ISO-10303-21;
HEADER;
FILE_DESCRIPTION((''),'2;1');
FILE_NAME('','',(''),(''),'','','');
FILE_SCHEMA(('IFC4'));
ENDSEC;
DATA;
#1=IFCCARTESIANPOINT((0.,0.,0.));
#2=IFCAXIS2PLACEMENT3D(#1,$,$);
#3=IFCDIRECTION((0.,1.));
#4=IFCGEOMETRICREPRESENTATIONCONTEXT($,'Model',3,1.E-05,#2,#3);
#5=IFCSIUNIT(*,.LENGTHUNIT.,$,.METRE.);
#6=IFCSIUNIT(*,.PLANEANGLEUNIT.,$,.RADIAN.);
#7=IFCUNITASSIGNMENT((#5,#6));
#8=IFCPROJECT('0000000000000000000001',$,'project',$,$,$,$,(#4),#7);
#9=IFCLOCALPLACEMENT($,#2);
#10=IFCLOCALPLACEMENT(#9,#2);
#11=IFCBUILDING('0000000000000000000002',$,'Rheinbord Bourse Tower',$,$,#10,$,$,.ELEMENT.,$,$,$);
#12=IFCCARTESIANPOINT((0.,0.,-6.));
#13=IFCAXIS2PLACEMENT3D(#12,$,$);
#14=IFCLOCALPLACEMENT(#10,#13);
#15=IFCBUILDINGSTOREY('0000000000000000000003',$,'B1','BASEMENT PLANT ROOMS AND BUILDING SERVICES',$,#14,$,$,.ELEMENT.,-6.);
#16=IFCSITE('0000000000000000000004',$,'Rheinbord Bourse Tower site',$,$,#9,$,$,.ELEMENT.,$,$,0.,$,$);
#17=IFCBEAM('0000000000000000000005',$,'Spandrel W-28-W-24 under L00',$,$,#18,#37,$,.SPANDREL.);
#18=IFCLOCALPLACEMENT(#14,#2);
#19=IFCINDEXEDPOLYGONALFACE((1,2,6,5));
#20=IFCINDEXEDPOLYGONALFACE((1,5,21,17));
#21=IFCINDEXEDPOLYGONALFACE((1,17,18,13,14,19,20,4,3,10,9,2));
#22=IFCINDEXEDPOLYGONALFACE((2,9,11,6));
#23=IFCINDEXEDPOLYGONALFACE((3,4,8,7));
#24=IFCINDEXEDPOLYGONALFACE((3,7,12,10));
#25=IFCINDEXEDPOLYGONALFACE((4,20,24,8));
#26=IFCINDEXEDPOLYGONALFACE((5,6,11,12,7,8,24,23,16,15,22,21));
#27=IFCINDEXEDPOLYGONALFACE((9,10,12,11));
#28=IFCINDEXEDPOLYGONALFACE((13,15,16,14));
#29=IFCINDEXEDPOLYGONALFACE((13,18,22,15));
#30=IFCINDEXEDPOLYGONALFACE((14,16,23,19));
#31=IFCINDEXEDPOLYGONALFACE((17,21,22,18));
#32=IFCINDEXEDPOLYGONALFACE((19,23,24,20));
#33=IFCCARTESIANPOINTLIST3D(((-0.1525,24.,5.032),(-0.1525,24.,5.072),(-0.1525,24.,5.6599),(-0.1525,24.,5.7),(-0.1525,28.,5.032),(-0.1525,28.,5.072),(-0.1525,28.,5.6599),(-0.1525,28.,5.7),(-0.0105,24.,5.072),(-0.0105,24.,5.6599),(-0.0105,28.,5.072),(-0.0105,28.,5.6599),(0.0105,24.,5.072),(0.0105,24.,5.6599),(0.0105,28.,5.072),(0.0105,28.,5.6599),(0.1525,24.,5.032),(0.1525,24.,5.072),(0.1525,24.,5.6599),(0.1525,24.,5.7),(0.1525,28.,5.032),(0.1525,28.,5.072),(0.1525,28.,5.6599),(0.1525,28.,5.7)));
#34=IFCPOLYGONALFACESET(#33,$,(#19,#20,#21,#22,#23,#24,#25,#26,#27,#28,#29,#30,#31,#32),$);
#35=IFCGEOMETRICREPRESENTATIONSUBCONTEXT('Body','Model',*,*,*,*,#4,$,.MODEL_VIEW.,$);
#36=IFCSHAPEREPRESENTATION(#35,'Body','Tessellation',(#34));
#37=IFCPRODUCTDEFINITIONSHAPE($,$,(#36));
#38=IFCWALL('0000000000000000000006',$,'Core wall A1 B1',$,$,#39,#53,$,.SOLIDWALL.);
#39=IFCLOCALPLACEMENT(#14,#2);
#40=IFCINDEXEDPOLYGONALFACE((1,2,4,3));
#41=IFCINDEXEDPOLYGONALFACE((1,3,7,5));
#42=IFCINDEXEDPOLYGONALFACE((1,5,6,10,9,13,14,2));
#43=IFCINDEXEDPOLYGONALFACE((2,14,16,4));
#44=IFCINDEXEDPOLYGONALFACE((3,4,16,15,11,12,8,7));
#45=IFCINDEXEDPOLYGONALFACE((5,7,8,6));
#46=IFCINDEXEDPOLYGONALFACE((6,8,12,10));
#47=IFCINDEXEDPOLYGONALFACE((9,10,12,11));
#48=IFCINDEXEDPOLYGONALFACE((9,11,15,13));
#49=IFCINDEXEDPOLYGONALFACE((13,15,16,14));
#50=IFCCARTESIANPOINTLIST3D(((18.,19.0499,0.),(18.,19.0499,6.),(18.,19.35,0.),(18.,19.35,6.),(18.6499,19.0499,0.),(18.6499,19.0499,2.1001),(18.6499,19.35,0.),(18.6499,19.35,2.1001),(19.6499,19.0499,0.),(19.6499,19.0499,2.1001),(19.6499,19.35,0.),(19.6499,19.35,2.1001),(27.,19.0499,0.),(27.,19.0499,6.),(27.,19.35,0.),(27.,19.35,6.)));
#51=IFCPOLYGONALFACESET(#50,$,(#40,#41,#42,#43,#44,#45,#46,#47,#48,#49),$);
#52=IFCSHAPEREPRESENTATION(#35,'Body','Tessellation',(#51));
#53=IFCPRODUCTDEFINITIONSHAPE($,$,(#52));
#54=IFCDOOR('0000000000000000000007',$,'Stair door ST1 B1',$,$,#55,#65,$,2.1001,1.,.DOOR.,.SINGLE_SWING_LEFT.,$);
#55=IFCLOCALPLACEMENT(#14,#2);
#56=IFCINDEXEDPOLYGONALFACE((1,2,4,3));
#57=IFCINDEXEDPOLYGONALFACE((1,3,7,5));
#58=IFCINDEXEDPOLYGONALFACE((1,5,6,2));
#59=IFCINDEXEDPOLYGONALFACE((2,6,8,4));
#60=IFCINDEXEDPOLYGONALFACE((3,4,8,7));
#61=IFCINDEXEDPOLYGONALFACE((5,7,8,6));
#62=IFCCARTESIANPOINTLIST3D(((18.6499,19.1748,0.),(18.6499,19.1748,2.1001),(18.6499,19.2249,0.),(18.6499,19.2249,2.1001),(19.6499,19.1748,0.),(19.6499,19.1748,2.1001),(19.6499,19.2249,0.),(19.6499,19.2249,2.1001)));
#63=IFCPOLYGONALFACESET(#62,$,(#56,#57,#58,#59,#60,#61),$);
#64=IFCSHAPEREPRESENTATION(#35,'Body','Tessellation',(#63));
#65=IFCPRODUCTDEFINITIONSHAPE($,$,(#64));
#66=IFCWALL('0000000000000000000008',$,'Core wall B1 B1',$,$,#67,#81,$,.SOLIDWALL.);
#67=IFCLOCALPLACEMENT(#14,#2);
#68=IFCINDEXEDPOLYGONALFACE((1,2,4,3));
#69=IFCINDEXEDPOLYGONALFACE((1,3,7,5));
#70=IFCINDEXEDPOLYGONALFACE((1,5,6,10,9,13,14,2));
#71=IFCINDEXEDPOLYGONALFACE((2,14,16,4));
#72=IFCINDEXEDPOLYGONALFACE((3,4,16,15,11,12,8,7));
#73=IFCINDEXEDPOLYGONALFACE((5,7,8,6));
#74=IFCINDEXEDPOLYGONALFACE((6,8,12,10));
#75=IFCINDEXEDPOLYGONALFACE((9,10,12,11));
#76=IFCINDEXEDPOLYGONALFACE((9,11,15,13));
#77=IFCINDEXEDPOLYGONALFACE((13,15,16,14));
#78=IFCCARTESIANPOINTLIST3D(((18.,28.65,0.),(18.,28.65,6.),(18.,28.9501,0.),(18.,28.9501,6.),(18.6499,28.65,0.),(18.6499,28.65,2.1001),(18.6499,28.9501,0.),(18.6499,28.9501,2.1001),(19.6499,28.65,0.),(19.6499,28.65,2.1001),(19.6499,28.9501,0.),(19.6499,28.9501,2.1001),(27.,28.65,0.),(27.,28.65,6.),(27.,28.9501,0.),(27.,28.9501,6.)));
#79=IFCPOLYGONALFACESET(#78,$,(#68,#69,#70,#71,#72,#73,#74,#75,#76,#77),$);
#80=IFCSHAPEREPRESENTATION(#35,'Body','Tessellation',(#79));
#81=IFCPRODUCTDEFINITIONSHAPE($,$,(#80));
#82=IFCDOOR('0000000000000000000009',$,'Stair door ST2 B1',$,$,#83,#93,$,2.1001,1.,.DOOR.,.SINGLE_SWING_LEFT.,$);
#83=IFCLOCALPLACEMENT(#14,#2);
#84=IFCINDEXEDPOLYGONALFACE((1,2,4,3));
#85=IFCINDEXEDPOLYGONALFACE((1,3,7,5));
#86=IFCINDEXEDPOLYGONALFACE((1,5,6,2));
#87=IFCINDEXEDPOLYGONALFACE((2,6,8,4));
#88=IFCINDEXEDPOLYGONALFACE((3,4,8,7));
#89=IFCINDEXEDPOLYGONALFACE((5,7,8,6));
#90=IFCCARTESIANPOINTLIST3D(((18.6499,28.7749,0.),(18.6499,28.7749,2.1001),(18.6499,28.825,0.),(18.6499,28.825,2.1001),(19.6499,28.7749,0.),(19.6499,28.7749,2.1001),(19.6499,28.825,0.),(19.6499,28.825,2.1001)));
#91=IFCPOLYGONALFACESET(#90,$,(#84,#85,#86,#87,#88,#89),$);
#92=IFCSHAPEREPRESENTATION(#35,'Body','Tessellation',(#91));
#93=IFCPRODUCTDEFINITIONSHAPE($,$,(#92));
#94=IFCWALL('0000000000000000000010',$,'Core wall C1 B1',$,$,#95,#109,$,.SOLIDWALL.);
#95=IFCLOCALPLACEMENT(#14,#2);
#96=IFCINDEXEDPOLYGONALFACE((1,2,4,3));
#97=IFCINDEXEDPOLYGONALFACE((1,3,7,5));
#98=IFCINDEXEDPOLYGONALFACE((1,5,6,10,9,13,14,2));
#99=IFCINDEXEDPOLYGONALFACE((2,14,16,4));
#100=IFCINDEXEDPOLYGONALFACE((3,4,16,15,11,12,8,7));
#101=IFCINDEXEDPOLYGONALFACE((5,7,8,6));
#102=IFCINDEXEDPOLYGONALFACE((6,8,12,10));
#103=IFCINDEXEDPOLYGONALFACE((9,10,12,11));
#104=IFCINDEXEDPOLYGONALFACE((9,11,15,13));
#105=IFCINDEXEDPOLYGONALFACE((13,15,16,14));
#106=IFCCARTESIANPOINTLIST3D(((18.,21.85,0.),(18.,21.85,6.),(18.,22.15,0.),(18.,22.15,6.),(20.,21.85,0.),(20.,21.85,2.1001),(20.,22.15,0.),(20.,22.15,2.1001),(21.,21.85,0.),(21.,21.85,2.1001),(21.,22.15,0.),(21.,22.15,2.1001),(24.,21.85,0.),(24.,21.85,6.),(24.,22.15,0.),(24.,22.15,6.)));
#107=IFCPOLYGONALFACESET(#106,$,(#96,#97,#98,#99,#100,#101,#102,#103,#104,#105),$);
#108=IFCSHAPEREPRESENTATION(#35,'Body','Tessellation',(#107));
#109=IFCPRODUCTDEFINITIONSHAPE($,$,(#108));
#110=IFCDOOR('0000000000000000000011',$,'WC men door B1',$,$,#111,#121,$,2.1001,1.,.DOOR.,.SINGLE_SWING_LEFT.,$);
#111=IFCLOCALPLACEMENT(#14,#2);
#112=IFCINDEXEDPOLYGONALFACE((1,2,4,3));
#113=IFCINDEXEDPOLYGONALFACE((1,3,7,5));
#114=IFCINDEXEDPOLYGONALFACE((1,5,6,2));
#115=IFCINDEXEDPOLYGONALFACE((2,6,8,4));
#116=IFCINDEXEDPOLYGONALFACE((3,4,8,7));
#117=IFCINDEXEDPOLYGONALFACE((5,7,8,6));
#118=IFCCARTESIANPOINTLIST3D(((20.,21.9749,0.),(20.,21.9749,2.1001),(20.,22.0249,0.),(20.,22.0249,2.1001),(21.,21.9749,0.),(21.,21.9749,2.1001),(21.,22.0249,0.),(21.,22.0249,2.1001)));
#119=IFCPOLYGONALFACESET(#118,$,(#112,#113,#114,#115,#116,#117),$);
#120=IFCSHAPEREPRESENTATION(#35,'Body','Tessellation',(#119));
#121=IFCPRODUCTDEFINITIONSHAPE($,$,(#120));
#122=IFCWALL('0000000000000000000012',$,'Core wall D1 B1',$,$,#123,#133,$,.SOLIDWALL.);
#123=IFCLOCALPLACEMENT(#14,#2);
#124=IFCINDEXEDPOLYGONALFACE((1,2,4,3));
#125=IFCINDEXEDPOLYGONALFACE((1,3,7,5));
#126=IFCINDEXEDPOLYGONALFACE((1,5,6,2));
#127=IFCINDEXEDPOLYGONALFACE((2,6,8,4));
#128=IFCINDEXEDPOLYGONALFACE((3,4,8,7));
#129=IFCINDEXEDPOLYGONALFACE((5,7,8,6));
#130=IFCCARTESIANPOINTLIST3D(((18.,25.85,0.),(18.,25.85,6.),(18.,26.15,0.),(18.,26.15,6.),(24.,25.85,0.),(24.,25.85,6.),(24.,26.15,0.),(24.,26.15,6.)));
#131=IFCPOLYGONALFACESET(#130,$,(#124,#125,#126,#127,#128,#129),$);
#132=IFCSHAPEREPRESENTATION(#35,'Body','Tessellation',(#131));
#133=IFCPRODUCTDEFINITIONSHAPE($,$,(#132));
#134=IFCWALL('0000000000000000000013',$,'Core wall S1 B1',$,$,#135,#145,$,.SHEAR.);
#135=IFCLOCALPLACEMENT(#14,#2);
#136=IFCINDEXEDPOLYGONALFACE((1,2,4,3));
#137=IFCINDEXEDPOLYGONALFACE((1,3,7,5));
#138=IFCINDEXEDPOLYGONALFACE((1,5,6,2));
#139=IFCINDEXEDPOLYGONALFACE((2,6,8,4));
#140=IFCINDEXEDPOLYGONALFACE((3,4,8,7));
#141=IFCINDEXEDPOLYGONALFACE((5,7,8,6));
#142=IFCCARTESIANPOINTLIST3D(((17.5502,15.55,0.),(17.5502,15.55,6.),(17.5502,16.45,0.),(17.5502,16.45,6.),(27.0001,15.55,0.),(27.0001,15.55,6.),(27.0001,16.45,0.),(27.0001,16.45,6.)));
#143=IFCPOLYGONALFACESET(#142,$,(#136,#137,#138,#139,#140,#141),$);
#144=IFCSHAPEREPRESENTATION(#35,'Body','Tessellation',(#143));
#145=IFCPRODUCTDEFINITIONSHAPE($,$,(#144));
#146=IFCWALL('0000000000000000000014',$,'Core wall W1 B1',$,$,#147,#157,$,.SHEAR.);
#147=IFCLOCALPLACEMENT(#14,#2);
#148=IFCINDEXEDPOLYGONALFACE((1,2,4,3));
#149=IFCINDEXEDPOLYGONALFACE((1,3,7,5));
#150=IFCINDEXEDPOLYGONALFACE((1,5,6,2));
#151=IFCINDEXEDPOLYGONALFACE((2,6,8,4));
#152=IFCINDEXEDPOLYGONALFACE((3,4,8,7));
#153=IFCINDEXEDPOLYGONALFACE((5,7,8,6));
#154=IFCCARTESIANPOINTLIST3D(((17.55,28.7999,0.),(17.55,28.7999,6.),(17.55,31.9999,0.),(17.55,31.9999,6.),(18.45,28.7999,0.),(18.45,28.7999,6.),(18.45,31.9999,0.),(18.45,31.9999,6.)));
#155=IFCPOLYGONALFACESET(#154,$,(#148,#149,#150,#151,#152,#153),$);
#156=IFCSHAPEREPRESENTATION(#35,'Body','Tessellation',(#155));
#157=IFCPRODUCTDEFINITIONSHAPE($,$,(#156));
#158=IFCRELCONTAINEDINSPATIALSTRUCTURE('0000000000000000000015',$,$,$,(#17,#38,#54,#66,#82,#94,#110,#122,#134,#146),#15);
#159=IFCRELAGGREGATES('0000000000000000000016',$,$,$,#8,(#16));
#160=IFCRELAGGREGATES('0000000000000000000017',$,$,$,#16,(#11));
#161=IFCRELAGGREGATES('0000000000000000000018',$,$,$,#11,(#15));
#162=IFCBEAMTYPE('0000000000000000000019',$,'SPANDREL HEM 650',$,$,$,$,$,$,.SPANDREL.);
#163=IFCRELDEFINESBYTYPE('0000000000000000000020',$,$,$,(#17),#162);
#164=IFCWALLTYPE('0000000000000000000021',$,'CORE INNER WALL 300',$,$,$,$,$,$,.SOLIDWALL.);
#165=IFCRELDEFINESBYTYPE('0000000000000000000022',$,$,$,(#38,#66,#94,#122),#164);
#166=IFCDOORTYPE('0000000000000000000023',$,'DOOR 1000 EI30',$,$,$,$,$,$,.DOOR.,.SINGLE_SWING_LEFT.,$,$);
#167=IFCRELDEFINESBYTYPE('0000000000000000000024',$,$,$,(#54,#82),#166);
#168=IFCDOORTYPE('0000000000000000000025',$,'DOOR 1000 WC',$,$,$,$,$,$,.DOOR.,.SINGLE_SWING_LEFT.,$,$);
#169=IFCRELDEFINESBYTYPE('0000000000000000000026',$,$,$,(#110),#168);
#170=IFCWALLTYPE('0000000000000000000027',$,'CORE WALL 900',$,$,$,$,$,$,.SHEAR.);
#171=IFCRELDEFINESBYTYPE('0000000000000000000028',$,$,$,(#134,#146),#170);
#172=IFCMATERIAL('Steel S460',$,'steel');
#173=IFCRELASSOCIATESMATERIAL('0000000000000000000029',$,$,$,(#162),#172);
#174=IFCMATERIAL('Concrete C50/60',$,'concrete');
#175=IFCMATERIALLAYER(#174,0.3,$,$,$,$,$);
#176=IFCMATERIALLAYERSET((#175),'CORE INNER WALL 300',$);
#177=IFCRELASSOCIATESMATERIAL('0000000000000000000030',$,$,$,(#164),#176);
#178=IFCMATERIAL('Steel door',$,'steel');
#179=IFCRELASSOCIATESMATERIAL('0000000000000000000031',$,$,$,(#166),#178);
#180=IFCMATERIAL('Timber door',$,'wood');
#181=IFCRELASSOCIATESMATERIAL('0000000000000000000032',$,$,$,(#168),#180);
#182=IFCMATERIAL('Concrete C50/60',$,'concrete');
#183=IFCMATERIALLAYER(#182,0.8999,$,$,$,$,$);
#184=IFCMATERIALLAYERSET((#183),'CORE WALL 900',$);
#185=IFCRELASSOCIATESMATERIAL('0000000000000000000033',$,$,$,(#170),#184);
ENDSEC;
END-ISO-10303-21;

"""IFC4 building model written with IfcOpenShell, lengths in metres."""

from ifc_helpers import new_model, si_unit, direction, frame, frame_2d, origin, origin_2d, place, context, subcontext, project, spatial, rectangle, i_section, extrude, material, layer, layer_set, material_profile, profile_set, type_object, element, fill, save


model = new_model("IFC4")

# Units and contexts
model_context = context("Model", 3, precision=1e-05, world=origin(), true_north=direction((0.0, 1.0)))
body_context = subcontext(model_context, "Body", "Model", "MODEL_VIEW")
ifc_project = project(units=[si_unit("LENGTHUNIT", "METRE"), si_unit("PLANEANGLEUNIT", "RADIAN")], contexts=[model_context])

# Site, building, storey
site_placement = place(None, origin())
site = spatial("IfcSite", under=ifc_project, at=site_placement, Name="Rheinbord Bourse Tower site", CompositionType="ELEMENT", RefElevation=0.0)
building_placement = place(site_placement, origin())
building = spatial("IfcBuilding", under=site, at=building_placement, Name="Rheinbord Bourse Tower", CompositionType="ELEMENT")
storey_placement = place(building_placement, frame((0.0, 0.0, -6.0)))
storey = spatial("IfcBuildingStorey", under=building, at=storey_placement, Name="B1", Description="BASEMENT PLANT ROOMS AND BUILDING SERVICES", CompositionType="ELEMENT", Elevation=-6.0)

# Beam
ifc_material_1 = material(Name="Steel S460", Category="steel")
ifc_material_profile_1 = material_profile(ifc_material_1, i_section(OverallWidth=0.3049, OverallDepth=0.668, WebThickness=0.021, FlangeThickness=0.04, at=origin_2d()), Name="HEM 650")
ifc_profile_set_1 = profile_set([ifc_material_profile_1], Name="Steel S460")
beam_type_1 = type_object("IfcBeamType", Name="SPANDREL HEM 650", PredefinedType="SPANDREL", material=ifc_profile_set_1)
for number, where, z_axis, x_axis, name in (
    (1, (0.0, 28.0, 5.366), (0.0, -1.0, 0.0), (1.0, 0.0, 0.0), "Spandrel W-28-W-24 under L00"),
):
    element("IfcBeam", number, at=place(storey_placement, frame(where, z_axis=z_axis, x_axis=x_axis)), inside=storey, type_object=beam_type_1, Name=name, PredefinedType="SPANDREL", context=body_context, shape_type="SweptSolid", body=[
        extrude(i_section(OverallWidth=0.3049, OverallDepth=0.668, WebThickness=0.021, FlangeThickness=0.04, at=origin_2d()), origin(), (0.0, 0.0, 1.0), 4.0),
    ])

# Walls, openings, doors
ifc_material_2 = material(Name="Concrete C50/60", Category="concrete")
ifc_layer_1 = layer(ifc_material_2, 0.3)
ifc_layer_set_1 = layer_set([ifc_layer_1], Name="CORE INNER WALL 300")
wall_type_1 = type_object("IfcWallType", Name="CORE INNER WALL 300", PredefinedType="SOLIDWALL", material=ifc_layer_set_1)
wall_1_placement = place(storey_placement, frame((18.0, 19.2, 0.0), z_axis=(0.0, 0.0, 1.0), x_axis=(1.0, 0.0, 0.0)))
wall_1 = element("IfcWall", 2, at=wall_1_placement, inside=storey, type_object=wall_type_1, Name="Core wall A1 B1", PredefinedType="SOLIDWALL", context=body_context, shape_type="SweptSolid", body=[
    extrude(rectangle(XDim=9.0, YDim=0.3, at=frame_2d((4.5, 0.0))), origin(), (0.0, 0.0, 1.0), 6.0),
])
opening_1_placement = place(wall_1_placement, frame((0.6499, 0.0, 0.0)))
opening_1 = element("IfcOpeningElement", 3, at=opening_1_placement, cuts=wall_1, PredefinedType="OPENING", context=body_context, shape_type="SweptSolid", body=[
    extrude(rectangle(XDim=1.0, YDim=2.1001, at=frame_2d((0.5, 1.05))), frame((0.0, 0.1599, 0.0), z_axis=(0.0, -1.0, 0.0), x_axis=(1.0, 0.0, 0.0)), (0.0, 0.0, 1.0), 0.3201),
])
ifc_material_3 = material(Name="Steel door", Category="steel")
door_type_1 = type_object("IfcDoorType", Name="DOOR 1000 EI30", OperationType="SINGLE_SWING_LEFT", PredefinedType="DOOR", material=ifc_material_3)
door_1_placement = place(opening_1_placement, origin())
door_1 = element("IfcDoor", 4, at=door_1_placement, inside=storey, type_object=door_type_1, Name="Stair door ST1 B1", OperationType="SINGLE_SWING_LEFT", OverallHeight=2.1001, OverallWidth=1.0, PredefinedType="DOOR", context=body_context, shape_type="SweptSolid", body=[
    extrude(rectangle(XDim=1.0, YDim=2.1001, at=frame_2d((0.5, 1.05))), frame((0.0, 0.0249, 0.0), z_axis=(0.0, -1.0, 0.0), x_axis=(1.0, 0.0, 0.0)), (0.0, 0.0, 1.0), 0.05),
])
fill(opening_1, door_1)
wall_2_placement = place(storey_placement, frame((18.0, 28.8, 0.0), z_axis=(0.0, 0.0, 1.0), x_axis=(1.0, 0.0, 0.0)))
wall_2 = element("IfcWall", 5, at=wall_2_placement, inside=storey, type_object=wall_type_1, Name="Core wall B1 B1", PredefinedType="SOLIDWALL", context=body_context, shape_type="SweptSolid", body=[
    extrude(rectangle(XDim=9.0, YDim=0.3, at=frame_2d((4.5, 0.0))), origin(), (0.0, 0.0, 1.0), 6.0),
])
opening_2_placement = place(wall_2_placement, frame((0.6499, 0.0, 0.0)))
opening_2 = element("IfcOpeningElement", 6, at=opening_2_placement, cuts=wall_2, PredefinedType="OPENING", context=body_context, shape_type="SweptSolid", body=[
    extrude(rectangle(XDim=1.0, YDim=2.1001, at=frame_2d((0.5, 1.05))), frame((0.0, 0.1599, 0.0), z_axis=(0.0, -1.0, 0.0), x_axis=(1.0, 0.0, 0.0)), (0.0, 0.0, 1.0), 0.3201),
])
door_2_placement = place(opening_2_placement, origin())
door_2 = element("IfcDoor", 7, at=door_2_placement, inside=storey, type_object=door_type_1, Name="Stair door ST2 B1", OperationType="SINGLE_SWING_LEFT", OverallHeight=2.1001, OverallWidth=1.0, PredefinedType="DOOR", context=body_context, shape_type="SweptSolid", body=[
    extrude(rectangle(XDim=1.0, YDim=2.1001, at=frame_2d((0.5, 1.05))), frame((0.0, 0.0249, 0.0), z_axis=(0.0, -1.0, 0.0), x_axis=(1.0, 0.0, 0.0)), (0.0, 0.0, 1.0), 0.05),
])
fill(opening_2, door_2)
wall_3_placement = place(storey_placement, frame((18.0, 22.0, 0.0), z_axis=(0.0, 0.0, 1.0), x_axis=(1.0, 0.0, 0.0)))
wall_3 = element("IfcWall", 8, at=wall_3_placement, inside=storey, type_object=wall_type_1, Name="Core wall C1 B1", PredefinedType="SOLIDWALL", context=body_context, shape_type="SweptSolid", body=[
    extrude(rectangle(XDim=6.0, YDim=0.3, at=frame_2d((3.0, 0.0))), origin(), (0.0, 0.0, 1.0), 6.0),
])
opening_3_placement = place(wall_3_placement, frame((2.0, 0.0, 0.0)))
opening_3 = element("IfcOpeningElement", 9, at=opening_3_placement, cuts=wall_3, PredefinedType="OPENING", context=body_context, shape_type="SweptSolid", body=[
    extrude(rectangle(XDim=1.0, YDim=2.1001, at=frame_2d((0.5, 1.05))), frame((0.0, 0.1599, 0.0), z_axis=(0.0, -1.0, 0.0), x_axis=(1.0, 0.0, 0.0)), (0.0, 0.0, 1.0), 0.3201),
])
ifc_material_4 = material(Name="Timber door", Category="wood")
door_type_2 = type_object("IfcDoorType", Name="DOOR 1000 WC", OperationType="SINGLE_SWING_LEFT", PredefinedType="DOOR", material=ifc_material_4)
door_3_placement = place(opening_3_placement, origin())
door_3 = element("IfcDoor", 10, at=door_3_placement, inside=storey, type_object=door_type_2, Name="WC men door B1", OperationType="SINGLE_SWING_LEFT", OverallHeight=2.1001, OverallWidth=1.0, PredefinedType="DOOR", context=body_context, shape_type="SweptSolid", body=[
    extrude(rectangle(XDim=1.0, YDim=2.1001, at=frame_2d((0.5, 1.05))), frame((0.0, 0.0249, 0.0), z_axis=(0.0, -1.0, 0.0), x_axis=(1.0, 0.0, 0.0)), (0.0, 0.0, 1.0), 0.05),
])
fill(opening_3, door_3)

# Walls
wall_4_placement = place(storey_placement, frame((18.0, 26.0, 0.0), z_axis=(0.0, 0.0, 1.0), x_axis=(1.0, 0.0, 0.0)))
element("IfcWall", 11, at=wall_4_placement, inside=storey, type_object=wall_type_1, Name="Core wall D1 B1", PredefinedType="SOLIDWALL", context=body_context, shape_type="SweptSolid", body=[
    extrude(rectangle(XDim=6.0, YDim=0.3, at=frame_2d((3.0, 0.0))), origin(), (0.0, 0.0, 1.0), 6.0),
])
ifc_material_5 = material(Name="Concrete C50/60", Category="concrete")
ifc_layer_2 = layer(ifc_material_5, 0.8999)
ifc_layer_set_2 = layer_set([ifc_layer_2], Name="CORE WALL 900")
wall_type_2 = type_object("IfcWallType", Name="CORE WALL 900", PredefinedType="SHEAR", material=ifc_layer_set_2)
wall_5_placement = place(storey_placement, frame((17.55, 16.0, 0.0), z_axis=(0.0, 0.0, 1.0), x_axis=(1.0, 0.0, 0.0)))
element("IfcWall", 12, at=wall_5_placement, inside=storey, type_object=wall_type_2, Name="Core wall S1 B1", PredefinedType="SHEAR", context=body_context, shape_type="SweptSolid", body=[
    extrude(rectangle(XDim=9.45, YDim=0.8999, at=frame_2d((4.7251, 0.0))), origin(), (0.0, 0.0, 1.0), 6.0),
])
wall_6_placement = place(storey_placement, frame((18.0, 32.0, 0.0), z_axis=(0.0, 0.0, 1.0), x_axis=(0.0, -1.0, 0.0)))
element("IfcWall", 13, at=wall_6_placement, inside=storey, type_object=wall_type_2, Name="Core wall W1 B1", PredefinedType="SHEAR", context=body_context, shape_type="SweptSolid", body=[
    extrude(rectangle(XDim=3.2, YDim=0.8999, at=frame_2d((1.6001, 0.0))), origin(), (0.0, 0.0, 1.0), 6.0),
])

save(model, "model.ifc")
